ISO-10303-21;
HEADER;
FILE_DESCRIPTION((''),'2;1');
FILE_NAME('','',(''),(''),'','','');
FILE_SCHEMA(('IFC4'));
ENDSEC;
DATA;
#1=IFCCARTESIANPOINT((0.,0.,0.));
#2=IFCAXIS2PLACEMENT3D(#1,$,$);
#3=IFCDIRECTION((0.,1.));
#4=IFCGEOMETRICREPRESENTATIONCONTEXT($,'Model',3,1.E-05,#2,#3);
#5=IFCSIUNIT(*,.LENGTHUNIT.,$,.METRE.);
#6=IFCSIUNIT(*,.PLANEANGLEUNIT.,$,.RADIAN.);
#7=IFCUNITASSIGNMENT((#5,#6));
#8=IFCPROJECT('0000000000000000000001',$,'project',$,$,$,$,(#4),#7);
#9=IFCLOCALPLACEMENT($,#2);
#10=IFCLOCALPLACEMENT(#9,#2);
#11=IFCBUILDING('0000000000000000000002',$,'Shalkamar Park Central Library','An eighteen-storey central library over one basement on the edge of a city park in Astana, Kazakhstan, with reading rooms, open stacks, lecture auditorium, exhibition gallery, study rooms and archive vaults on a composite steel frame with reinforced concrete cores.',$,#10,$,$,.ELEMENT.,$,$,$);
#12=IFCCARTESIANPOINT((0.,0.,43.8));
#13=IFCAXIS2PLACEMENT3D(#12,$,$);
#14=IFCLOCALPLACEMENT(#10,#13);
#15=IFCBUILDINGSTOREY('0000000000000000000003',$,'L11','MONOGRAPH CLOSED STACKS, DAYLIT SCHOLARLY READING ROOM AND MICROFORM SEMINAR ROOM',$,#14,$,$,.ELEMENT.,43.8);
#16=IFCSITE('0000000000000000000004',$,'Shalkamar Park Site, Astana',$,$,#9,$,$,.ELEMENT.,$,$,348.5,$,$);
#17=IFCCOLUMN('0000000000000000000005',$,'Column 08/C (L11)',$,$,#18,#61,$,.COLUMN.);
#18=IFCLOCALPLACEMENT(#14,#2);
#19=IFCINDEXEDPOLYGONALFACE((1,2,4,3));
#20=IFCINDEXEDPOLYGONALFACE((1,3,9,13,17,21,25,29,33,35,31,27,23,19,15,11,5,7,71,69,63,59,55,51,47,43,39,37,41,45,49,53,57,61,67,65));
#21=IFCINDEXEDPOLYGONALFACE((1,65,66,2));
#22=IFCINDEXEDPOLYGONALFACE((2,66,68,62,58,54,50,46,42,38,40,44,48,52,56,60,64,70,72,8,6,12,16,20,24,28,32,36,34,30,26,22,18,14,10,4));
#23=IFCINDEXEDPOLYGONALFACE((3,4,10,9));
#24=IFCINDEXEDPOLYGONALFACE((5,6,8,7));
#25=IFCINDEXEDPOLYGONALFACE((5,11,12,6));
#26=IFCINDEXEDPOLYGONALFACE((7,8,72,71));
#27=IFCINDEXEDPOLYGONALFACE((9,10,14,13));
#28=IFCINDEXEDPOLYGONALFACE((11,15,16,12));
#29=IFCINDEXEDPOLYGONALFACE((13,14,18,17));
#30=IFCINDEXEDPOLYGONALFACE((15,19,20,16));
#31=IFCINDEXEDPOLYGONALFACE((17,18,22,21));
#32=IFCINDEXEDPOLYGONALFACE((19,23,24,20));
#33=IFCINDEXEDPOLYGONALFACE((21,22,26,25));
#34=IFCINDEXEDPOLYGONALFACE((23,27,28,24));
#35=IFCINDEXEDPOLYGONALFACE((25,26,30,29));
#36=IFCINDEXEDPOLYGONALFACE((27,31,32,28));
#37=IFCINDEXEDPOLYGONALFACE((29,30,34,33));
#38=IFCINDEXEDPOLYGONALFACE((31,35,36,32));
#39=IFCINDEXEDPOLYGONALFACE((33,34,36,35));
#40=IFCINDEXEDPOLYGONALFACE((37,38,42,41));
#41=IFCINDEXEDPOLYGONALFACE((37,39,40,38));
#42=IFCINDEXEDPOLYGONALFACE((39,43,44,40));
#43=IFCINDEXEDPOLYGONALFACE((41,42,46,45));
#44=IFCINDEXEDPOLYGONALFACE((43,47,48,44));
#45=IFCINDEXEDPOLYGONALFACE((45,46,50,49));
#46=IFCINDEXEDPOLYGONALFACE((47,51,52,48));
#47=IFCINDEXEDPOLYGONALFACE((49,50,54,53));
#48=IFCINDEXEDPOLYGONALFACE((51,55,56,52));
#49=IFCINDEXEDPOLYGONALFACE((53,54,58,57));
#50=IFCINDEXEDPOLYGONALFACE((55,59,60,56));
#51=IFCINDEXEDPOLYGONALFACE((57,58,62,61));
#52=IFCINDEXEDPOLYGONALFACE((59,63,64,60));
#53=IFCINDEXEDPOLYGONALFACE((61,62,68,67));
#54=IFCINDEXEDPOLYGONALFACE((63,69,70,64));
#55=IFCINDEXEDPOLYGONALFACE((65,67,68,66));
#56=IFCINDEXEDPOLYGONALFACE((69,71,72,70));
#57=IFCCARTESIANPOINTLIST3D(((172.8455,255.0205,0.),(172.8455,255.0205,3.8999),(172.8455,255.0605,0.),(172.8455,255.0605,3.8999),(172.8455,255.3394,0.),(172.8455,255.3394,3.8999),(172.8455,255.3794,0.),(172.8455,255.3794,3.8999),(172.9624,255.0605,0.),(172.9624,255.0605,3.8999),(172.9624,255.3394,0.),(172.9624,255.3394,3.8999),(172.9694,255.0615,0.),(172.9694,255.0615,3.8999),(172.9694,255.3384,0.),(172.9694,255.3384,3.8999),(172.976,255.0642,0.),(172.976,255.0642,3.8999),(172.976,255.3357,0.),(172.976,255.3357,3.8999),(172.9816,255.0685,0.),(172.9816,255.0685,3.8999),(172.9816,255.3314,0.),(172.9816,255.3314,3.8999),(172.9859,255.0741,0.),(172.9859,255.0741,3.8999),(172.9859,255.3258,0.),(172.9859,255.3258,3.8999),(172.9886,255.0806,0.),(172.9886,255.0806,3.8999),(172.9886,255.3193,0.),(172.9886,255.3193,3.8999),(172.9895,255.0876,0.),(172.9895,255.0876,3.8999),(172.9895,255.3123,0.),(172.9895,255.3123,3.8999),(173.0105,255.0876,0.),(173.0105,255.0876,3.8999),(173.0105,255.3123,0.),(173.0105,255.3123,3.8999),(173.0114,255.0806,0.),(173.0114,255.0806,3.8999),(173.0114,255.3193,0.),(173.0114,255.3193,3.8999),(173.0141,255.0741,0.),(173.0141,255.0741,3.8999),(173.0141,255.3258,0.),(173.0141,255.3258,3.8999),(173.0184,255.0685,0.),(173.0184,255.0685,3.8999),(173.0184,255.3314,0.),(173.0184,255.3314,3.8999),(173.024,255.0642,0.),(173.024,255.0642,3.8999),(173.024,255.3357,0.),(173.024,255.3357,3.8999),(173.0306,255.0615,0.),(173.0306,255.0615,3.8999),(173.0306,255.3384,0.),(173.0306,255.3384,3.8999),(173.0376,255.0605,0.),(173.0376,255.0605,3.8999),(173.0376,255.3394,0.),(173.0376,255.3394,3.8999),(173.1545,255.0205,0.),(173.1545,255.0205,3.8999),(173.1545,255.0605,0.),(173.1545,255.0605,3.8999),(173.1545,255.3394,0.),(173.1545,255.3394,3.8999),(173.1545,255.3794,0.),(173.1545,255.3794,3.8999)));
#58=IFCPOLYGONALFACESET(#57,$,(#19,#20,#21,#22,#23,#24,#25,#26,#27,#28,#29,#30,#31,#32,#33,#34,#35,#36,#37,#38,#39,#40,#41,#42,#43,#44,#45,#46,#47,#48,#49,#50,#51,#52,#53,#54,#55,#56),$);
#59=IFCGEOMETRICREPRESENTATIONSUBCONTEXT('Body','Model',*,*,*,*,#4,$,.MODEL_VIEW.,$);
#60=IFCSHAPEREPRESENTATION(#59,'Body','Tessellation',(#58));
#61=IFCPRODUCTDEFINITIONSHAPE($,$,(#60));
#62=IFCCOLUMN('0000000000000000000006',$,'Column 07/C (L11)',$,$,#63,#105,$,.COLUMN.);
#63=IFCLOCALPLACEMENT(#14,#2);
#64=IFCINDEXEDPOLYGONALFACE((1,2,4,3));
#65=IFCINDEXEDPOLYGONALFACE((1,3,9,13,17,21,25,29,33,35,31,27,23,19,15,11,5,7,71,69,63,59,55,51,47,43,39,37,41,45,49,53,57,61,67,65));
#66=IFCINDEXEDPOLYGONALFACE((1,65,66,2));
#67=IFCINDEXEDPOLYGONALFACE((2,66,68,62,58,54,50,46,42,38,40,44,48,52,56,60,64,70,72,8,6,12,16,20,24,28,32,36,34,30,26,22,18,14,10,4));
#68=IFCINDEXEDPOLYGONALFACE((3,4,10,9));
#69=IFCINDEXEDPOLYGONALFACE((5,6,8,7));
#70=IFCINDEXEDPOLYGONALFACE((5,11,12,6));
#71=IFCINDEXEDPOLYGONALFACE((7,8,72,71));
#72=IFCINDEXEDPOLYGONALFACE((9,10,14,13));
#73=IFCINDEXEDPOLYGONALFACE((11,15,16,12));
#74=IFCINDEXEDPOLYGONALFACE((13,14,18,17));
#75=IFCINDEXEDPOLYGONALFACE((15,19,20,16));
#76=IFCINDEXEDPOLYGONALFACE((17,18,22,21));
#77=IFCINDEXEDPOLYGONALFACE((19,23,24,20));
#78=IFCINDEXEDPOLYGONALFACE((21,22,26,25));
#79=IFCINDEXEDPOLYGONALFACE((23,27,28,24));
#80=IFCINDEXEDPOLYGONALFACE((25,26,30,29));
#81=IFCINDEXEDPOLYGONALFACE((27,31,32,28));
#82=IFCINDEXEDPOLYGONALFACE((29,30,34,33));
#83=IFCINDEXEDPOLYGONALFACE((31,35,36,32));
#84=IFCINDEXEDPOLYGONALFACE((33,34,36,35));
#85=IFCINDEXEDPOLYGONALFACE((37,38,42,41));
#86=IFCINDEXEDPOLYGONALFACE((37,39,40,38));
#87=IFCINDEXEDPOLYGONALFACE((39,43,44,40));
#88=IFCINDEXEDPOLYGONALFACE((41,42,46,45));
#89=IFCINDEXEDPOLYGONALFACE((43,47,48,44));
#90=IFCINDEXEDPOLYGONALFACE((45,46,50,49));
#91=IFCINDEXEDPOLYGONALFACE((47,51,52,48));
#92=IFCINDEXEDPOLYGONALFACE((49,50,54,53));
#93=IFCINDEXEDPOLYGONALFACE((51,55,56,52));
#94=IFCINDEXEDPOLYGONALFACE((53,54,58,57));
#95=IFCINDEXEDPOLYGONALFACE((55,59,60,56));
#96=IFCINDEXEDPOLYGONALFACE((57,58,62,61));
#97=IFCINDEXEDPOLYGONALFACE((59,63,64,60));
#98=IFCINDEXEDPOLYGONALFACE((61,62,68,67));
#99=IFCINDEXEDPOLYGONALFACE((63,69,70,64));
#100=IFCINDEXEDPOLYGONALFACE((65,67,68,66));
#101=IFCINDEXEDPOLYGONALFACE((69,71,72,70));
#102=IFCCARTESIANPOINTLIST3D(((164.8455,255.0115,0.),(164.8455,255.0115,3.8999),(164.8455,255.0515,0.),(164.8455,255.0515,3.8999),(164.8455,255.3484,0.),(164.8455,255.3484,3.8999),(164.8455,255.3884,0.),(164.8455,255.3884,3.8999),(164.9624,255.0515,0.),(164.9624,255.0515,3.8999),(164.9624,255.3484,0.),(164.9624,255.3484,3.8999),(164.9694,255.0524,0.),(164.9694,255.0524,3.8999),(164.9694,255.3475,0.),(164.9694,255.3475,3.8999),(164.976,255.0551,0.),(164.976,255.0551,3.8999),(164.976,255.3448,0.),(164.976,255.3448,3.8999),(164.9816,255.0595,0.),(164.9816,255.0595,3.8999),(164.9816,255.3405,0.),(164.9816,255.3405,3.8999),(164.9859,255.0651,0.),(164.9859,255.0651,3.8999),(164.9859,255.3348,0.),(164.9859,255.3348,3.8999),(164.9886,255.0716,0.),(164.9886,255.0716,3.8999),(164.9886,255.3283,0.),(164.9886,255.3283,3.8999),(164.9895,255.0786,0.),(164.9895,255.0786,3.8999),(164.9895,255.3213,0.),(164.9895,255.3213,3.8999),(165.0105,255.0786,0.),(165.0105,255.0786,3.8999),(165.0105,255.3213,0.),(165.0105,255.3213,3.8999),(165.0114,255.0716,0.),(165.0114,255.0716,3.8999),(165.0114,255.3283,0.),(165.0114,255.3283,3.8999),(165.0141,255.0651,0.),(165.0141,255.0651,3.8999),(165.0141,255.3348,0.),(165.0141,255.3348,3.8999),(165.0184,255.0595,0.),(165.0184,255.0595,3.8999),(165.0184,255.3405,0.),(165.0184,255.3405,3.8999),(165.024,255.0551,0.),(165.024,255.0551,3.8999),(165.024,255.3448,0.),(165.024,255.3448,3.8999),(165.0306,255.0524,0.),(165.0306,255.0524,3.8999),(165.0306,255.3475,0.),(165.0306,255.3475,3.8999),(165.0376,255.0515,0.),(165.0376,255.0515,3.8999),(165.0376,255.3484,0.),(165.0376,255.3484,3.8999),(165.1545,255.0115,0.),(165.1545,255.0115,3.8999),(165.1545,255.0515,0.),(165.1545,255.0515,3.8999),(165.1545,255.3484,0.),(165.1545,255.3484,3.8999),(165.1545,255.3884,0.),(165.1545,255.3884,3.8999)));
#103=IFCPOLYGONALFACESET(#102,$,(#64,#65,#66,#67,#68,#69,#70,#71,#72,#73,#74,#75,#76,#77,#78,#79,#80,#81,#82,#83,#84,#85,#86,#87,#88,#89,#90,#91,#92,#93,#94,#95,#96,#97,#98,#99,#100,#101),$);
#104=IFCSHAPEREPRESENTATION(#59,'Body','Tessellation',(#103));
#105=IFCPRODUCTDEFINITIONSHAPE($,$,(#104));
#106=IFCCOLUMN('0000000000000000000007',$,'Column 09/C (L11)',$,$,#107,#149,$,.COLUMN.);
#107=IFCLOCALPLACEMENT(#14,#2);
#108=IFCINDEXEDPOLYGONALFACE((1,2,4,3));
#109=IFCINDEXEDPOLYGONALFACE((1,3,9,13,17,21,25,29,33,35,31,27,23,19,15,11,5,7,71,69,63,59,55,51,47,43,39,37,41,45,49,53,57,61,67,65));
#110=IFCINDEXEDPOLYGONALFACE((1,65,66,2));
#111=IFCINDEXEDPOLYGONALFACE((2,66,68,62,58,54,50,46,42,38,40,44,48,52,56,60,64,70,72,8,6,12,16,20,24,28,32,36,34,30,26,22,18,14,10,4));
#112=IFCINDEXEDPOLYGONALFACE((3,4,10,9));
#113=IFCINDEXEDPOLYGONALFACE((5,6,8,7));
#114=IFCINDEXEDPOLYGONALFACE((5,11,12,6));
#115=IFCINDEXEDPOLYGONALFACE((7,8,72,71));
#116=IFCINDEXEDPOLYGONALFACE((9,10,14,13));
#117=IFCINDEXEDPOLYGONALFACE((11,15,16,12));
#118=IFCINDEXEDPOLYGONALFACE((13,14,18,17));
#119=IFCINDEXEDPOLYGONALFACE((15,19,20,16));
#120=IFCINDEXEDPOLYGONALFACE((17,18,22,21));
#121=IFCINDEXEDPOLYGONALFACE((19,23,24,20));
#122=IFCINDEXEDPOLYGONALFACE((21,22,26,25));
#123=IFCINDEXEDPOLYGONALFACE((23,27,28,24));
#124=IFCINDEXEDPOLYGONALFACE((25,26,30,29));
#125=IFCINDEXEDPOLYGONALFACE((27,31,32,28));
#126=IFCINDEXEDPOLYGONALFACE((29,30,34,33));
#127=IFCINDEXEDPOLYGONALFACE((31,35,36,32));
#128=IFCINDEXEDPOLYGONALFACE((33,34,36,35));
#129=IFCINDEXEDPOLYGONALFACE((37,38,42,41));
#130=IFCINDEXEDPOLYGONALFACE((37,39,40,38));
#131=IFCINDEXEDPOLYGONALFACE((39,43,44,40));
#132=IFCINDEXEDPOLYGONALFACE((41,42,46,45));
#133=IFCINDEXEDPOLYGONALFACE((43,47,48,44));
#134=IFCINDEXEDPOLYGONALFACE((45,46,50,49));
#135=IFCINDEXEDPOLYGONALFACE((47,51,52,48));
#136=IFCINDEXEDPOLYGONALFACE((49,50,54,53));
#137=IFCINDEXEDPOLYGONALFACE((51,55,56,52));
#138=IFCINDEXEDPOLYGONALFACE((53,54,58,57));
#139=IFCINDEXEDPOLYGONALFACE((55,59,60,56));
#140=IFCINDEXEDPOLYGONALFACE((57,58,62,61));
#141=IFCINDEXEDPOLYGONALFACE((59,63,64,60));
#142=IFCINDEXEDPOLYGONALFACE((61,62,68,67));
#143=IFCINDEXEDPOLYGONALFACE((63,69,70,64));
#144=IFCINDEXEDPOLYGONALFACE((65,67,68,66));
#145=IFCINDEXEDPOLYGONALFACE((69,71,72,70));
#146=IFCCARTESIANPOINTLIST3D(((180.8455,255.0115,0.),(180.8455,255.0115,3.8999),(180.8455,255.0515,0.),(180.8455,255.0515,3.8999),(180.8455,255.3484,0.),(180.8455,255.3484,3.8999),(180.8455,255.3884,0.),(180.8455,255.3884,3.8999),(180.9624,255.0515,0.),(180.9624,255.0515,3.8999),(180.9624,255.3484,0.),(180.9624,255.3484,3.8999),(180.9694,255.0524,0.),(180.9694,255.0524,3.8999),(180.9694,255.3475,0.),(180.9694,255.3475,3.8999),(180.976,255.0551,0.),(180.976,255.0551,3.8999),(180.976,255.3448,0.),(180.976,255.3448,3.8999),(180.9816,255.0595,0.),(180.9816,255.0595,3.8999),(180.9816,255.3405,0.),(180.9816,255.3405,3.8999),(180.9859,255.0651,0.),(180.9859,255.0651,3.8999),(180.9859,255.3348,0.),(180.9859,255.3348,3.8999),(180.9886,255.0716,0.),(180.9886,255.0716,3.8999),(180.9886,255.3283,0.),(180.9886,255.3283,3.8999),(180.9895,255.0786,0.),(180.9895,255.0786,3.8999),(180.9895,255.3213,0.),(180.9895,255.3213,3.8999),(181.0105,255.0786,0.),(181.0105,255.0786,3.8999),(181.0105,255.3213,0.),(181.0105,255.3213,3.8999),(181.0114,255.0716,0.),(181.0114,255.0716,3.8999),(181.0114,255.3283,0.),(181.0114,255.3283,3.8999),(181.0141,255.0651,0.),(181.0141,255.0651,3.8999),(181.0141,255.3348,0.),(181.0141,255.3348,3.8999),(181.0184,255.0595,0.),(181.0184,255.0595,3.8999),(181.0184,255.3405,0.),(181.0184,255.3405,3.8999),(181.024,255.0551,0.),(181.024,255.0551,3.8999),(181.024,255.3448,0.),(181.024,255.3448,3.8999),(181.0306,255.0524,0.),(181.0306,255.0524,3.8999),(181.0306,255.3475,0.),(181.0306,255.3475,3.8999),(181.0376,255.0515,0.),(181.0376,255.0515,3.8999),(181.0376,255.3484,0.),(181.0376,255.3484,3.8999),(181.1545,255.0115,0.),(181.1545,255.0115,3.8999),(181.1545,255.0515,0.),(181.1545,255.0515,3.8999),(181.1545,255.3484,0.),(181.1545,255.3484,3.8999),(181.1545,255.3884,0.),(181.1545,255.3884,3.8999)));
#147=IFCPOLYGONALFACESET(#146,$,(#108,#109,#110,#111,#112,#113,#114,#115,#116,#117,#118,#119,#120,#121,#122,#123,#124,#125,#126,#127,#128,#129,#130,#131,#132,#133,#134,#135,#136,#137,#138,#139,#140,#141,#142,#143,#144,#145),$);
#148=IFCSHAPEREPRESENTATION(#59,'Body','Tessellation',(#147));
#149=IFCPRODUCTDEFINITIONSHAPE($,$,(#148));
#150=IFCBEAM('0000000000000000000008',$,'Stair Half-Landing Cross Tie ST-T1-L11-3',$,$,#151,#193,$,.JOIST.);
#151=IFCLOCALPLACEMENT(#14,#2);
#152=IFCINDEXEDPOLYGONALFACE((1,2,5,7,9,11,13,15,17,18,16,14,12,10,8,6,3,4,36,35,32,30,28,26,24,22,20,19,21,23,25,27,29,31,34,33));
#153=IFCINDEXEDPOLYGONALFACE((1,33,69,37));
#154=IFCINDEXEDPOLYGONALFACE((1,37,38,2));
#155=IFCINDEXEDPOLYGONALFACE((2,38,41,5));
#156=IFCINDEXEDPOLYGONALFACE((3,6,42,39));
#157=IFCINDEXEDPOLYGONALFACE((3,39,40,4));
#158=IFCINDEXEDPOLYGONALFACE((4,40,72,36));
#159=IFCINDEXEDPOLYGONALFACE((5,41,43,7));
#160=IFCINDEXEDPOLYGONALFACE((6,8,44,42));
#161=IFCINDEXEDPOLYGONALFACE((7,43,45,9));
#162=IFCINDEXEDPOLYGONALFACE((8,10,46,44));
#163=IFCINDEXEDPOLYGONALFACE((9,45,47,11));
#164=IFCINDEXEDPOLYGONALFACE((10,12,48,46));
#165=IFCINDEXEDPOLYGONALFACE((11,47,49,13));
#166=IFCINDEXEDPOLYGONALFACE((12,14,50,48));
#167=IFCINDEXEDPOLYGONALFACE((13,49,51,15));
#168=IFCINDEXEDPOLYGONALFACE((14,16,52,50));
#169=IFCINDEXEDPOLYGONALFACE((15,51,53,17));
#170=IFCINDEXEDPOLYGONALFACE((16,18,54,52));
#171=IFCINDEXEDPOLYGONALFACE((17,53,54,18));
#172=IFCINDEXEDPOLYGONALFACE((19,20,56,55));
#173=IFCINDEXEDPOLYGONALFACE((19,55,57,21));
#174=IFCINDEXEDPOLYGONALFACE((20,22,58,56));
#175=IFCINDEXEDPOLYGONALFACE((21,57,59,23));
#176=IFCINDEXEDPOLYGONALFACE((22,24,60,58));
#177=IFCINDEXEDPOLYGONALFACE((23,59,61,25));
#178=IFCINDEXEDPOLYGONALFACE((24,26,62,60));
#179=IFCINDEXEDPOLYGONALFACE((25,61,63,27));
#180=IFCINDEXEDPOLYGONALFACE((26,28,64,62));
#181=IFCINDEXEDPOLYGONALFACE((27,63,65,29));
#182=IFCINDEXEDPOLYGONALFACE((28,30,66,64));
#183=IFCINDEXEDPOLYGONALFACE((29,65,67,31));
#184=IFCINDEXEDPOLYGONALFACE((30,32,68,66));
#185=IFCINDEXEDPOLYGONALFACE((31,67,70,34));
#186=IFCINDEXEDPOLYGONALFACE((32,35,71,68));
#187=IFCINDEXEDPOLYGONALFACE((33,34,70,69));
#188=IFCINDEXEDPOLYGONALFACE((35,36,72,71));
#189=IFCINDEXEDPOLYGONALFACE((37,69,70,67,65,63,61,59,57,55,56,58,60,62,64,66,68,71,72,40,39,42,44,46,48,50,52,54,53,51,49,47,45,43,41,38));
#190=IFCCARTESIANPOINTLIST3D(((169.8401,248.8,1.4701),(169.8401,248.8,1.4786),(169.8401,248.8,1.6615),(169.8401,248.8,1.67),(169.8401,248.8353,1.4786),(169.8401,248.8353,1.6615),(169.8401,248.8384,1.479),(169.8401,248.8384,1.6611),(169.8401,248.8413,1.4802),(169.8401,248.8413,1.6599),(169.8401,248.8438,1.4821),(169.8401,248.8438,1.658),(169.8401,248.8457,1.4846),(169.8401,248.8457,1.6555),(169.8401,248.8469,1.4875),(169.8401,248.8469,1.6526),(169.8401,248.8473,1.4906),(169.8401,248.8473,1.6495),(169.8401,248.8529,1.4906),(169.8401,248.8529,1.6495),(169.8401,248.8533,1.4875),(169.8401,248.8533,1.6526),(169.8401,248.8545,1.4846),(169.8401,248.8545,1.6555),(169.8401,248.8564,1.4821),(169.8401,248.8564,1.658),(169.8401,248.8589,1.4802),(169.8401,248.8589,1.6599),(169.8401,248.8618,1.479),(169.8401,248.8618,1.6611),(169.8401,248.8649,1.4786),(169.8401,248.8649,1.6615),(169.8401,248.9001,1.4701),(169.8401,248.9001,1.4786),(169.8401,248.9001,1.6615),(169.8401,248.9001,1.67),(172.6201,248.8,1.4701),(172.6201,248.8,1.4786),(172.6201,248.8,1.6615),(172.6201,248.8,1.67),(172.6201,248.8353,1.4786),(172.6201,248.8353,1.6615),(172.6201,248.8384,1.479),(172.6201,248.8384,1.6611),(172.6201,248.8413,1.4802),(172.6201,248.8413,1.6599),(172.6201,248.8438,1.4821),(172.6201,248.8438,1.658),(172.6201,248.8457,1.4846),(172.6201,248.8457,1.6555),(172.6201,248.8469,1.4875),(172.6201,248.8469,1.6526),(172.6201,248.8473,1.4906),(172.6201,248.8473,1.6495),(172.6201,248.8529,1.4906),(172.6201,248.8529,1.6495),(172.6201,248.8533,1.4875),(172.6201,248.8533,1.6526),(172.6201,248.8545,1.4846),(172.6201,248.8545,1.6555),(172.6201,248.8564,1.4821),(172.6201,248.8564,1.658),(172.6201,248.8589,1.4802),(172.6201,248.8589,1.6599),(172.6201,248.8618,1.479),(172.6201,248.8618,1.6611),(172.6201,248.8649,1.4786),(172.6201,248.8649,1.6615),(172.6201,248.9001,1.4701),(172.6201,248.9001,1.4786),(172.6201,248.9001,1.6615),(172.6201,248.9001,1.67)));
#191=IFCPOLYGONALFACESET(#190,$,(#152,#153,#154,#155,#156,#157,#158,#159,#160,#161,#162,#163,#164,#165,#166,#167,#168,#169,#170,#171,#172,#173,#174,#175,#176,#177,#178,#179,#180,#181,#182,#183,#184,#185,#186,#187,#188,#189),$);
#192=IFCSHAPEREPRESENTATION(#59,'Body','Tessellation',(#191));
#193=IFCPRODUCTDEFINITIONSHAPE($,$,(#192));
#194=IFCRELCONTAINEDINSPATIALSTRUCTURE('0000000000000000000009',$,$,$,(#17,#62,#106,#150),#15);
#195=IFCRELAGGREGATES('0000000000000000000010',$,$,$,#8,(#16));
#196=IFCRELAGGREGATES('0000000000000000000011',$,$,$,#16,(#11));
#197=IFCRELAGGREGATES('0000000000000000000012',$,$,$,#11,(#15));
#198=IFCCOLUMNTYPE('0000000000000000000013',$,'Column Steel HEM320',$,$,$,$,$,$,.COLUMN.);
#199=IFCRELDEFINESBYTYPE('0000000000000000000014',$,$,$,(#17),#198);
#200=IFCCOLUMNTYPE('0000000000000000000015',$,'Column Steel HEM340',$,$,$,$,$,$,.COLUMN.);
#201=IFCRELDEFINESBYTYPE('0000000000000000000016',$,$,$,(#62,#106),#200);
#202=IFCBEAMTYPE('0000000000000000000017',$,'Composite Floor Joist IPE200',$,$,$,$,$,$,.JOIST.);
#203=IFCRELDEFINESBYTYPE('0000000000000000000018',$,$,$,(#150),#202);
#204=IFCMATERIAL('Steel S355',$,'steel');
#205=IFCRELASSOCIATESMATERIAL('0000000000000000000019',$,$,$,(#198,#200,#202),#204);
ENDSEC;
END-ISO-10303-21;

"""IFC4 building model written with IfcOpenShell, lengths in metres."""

from ifc_helpers import new_model, si_unit, direction, frame, origin, origin_2d, place, context, subcontext, project, spatial, i_section, extrude, material, material_profile, profile_set, type_object, element, save


model = new_model("IFC4")

# Units and contexts
model_context = context("Model", 3, precision=1e-05, world=origin(), true_north=direction((0.0, 1.0)))
body_context = subcontext(model_context, "Body", "Model", "MODEL_VIEW")
ifc_project = project(units=[si_unit("LENGTHUNIT", "METRE"), si_unit("PLANEANGLEUNIT", "RADIAN")], contexts=[model_context])

# Site, building, storey
site_placement = place(None, origin())
site = spatial("IfcSite", under=ifc_project, at=site_placement, Name="Shalkamar Park Site, Astana", CompositionType="ELEMENT", RefElevation=348.5)
building_placement = place(site_placement, origin())
building = spatial("IfcBuilding", under=site, at=building_placement, Name="Shalkamar Park Central Library", Description="An eighteen-storey central library over one basement on the edge of a city park in Astana, Kazakhstan, with reading rooms, open stacks, lecture auditorium, exhibition gallery, study rooms and archive vaults on a composite steel frame with reinforced concrete cores.", CompositionType="ELEMENT")
storey_placement = place(building_placement, frame((0.0, 0.0, 43.8)))
storey = spatial("IfcBuildingStorey", under=building, at=storey_placement, Name="L11", Description="MONOGRAPH CLOSED STACKS, DAYLIT SCHOLARLY READING ROOM AND MICROFORM SEMINAR ROOM", CompositionType="ELEMENT", Elevation=43.8)

# Columns
ifc_material_1 = material(Name="Steel S355", Category="steel")
ifc_material_profile_1 = material_profile(ifc_material_1, i_section(OverallWidth=0.3091, OverallDepth=0.3589, WebThickness=0.021, FlangeThickness=0.04, FilletRadius=0.0271, at=origin_2d()), Name="HEM 320")
ifc_profile_set_1 = profile_set([ifc_material_profile_1], Name="Steel S355")
column_type_1 = type_object("IfcColumnType", Name="Column Steel HEM320", PredefinedType="COLUMN", material=ifc_profile_set_1)
column_placement = place(storey_placement, frame((173.0, 255.2, 0.0), z_axis=(0.0, 0.0, 1.0), x_axis=(1.0, 0.0, 0.0)))
element("IfcColumn", 1, at=column_placement, inside=storey, type_object=column_type_1, Name="Column 08/C (L11)", PredefinedType="COLUMN", context=body_context, shape_type="SweptSolid", body=[
    extrude(i_section(OverallWidth=0.3091, OverallDepth=0.3589, WebThickness=0.021, FlangeThickness=0.04, FilletRadius=0.0271, at=origin_2d()), origin(), (0.0, 0.0, 1.0), 3.8999),
])
ifc_material_profile_2 = material_profile(ifc_material_1, i_section(OverallWidth=0.3091, OverallDepth=0.377, WebThickness=0.021, FlangeThickness=0.04, FilletRadius=0.0271, at=origin_2d()), Name="HEM 340")
ifc_profile_set_2 = profile_set([ifc_material_profile_2], Name="Steel S355")
column_type_2 = type_object("IfcColumnType", Name="Column Steel HEM340", PredefinedType="COLUMN", material=ifc_profile_set_2)
for number, where, z_axis, x_axis, name in (
    (2, (165.0, 255.2, 0.0), (0.0, 0.0, 1.0), (1.0, 0.0, 0.0), "Column 07/C (L11)"),
    (3, (181.0, 255.2, 0.0), (0.0, 0.0, 1.0), (1.0, 0.0, 0.0), "Column 09/C (L11)"),
):
    element("IfcColumn", number, at=place(storey_placement, frame(where, z_axis=z_axis, x_axis=x_axis)), inside=storey, type_object=column_type_2, Name=name, PredefinedType="COLUMN", context=body_context, shape_type="SweptSolid", body=[
        extrude(i_section(OverallWidth=0.3091, OverallDepth=0.377, WebThickness=0.021, FlangeThickness=0.04, FilletRadius=0.0271, at=origin_2d()), origin(), (0.0, 0.0, 1.0), 3.8999),
    ])

# Beam
ifc_material_profile_3 = material_profile(ifc_material_1, i_section(OverallWidth=0.1001, OverallDepth=0.2, WebThickness=0.0056, FlangeThickness=0.0085, FilletRadius=0.012, at=origin_2d()), Name="IPE 200")
ifc_profile_set_3 = profile_set([ifc_material_profile_3], Name="Steel S355")
beam_type_1 = type_object("IfcBeamType", Name="Composite Floor Joist IPE200", PredefinedType="JOIST", material=ifc_profile_set_3)
beam_1_placement = place(storey_placement, frame((169.8401, 248.8501, 1.5701), z_axis=(1.0, 0.0, 0.0), x_axis=(0.0, 1.0, 0.0)))
element("IfcBeam", 4, at=beam_1_placement, inside=storey, type_object=beam_type_1, Name="Stair Half-Landing Cross Tie ST-T1-L11-3", PredefinedType="JOIST", context=body_context, shape_type="SweptSolid", body=[
    extrude(i_section(OverallWidth=0.1001, OverallDepth=0.2, WebThickness=0.0056, FlangeThickness=0.0085, FilletRadius=0.012, at=origin_2d()), origin(), (0.0, 0.0, 1.0), 2.78),
])

save(model, "model.ifc")
